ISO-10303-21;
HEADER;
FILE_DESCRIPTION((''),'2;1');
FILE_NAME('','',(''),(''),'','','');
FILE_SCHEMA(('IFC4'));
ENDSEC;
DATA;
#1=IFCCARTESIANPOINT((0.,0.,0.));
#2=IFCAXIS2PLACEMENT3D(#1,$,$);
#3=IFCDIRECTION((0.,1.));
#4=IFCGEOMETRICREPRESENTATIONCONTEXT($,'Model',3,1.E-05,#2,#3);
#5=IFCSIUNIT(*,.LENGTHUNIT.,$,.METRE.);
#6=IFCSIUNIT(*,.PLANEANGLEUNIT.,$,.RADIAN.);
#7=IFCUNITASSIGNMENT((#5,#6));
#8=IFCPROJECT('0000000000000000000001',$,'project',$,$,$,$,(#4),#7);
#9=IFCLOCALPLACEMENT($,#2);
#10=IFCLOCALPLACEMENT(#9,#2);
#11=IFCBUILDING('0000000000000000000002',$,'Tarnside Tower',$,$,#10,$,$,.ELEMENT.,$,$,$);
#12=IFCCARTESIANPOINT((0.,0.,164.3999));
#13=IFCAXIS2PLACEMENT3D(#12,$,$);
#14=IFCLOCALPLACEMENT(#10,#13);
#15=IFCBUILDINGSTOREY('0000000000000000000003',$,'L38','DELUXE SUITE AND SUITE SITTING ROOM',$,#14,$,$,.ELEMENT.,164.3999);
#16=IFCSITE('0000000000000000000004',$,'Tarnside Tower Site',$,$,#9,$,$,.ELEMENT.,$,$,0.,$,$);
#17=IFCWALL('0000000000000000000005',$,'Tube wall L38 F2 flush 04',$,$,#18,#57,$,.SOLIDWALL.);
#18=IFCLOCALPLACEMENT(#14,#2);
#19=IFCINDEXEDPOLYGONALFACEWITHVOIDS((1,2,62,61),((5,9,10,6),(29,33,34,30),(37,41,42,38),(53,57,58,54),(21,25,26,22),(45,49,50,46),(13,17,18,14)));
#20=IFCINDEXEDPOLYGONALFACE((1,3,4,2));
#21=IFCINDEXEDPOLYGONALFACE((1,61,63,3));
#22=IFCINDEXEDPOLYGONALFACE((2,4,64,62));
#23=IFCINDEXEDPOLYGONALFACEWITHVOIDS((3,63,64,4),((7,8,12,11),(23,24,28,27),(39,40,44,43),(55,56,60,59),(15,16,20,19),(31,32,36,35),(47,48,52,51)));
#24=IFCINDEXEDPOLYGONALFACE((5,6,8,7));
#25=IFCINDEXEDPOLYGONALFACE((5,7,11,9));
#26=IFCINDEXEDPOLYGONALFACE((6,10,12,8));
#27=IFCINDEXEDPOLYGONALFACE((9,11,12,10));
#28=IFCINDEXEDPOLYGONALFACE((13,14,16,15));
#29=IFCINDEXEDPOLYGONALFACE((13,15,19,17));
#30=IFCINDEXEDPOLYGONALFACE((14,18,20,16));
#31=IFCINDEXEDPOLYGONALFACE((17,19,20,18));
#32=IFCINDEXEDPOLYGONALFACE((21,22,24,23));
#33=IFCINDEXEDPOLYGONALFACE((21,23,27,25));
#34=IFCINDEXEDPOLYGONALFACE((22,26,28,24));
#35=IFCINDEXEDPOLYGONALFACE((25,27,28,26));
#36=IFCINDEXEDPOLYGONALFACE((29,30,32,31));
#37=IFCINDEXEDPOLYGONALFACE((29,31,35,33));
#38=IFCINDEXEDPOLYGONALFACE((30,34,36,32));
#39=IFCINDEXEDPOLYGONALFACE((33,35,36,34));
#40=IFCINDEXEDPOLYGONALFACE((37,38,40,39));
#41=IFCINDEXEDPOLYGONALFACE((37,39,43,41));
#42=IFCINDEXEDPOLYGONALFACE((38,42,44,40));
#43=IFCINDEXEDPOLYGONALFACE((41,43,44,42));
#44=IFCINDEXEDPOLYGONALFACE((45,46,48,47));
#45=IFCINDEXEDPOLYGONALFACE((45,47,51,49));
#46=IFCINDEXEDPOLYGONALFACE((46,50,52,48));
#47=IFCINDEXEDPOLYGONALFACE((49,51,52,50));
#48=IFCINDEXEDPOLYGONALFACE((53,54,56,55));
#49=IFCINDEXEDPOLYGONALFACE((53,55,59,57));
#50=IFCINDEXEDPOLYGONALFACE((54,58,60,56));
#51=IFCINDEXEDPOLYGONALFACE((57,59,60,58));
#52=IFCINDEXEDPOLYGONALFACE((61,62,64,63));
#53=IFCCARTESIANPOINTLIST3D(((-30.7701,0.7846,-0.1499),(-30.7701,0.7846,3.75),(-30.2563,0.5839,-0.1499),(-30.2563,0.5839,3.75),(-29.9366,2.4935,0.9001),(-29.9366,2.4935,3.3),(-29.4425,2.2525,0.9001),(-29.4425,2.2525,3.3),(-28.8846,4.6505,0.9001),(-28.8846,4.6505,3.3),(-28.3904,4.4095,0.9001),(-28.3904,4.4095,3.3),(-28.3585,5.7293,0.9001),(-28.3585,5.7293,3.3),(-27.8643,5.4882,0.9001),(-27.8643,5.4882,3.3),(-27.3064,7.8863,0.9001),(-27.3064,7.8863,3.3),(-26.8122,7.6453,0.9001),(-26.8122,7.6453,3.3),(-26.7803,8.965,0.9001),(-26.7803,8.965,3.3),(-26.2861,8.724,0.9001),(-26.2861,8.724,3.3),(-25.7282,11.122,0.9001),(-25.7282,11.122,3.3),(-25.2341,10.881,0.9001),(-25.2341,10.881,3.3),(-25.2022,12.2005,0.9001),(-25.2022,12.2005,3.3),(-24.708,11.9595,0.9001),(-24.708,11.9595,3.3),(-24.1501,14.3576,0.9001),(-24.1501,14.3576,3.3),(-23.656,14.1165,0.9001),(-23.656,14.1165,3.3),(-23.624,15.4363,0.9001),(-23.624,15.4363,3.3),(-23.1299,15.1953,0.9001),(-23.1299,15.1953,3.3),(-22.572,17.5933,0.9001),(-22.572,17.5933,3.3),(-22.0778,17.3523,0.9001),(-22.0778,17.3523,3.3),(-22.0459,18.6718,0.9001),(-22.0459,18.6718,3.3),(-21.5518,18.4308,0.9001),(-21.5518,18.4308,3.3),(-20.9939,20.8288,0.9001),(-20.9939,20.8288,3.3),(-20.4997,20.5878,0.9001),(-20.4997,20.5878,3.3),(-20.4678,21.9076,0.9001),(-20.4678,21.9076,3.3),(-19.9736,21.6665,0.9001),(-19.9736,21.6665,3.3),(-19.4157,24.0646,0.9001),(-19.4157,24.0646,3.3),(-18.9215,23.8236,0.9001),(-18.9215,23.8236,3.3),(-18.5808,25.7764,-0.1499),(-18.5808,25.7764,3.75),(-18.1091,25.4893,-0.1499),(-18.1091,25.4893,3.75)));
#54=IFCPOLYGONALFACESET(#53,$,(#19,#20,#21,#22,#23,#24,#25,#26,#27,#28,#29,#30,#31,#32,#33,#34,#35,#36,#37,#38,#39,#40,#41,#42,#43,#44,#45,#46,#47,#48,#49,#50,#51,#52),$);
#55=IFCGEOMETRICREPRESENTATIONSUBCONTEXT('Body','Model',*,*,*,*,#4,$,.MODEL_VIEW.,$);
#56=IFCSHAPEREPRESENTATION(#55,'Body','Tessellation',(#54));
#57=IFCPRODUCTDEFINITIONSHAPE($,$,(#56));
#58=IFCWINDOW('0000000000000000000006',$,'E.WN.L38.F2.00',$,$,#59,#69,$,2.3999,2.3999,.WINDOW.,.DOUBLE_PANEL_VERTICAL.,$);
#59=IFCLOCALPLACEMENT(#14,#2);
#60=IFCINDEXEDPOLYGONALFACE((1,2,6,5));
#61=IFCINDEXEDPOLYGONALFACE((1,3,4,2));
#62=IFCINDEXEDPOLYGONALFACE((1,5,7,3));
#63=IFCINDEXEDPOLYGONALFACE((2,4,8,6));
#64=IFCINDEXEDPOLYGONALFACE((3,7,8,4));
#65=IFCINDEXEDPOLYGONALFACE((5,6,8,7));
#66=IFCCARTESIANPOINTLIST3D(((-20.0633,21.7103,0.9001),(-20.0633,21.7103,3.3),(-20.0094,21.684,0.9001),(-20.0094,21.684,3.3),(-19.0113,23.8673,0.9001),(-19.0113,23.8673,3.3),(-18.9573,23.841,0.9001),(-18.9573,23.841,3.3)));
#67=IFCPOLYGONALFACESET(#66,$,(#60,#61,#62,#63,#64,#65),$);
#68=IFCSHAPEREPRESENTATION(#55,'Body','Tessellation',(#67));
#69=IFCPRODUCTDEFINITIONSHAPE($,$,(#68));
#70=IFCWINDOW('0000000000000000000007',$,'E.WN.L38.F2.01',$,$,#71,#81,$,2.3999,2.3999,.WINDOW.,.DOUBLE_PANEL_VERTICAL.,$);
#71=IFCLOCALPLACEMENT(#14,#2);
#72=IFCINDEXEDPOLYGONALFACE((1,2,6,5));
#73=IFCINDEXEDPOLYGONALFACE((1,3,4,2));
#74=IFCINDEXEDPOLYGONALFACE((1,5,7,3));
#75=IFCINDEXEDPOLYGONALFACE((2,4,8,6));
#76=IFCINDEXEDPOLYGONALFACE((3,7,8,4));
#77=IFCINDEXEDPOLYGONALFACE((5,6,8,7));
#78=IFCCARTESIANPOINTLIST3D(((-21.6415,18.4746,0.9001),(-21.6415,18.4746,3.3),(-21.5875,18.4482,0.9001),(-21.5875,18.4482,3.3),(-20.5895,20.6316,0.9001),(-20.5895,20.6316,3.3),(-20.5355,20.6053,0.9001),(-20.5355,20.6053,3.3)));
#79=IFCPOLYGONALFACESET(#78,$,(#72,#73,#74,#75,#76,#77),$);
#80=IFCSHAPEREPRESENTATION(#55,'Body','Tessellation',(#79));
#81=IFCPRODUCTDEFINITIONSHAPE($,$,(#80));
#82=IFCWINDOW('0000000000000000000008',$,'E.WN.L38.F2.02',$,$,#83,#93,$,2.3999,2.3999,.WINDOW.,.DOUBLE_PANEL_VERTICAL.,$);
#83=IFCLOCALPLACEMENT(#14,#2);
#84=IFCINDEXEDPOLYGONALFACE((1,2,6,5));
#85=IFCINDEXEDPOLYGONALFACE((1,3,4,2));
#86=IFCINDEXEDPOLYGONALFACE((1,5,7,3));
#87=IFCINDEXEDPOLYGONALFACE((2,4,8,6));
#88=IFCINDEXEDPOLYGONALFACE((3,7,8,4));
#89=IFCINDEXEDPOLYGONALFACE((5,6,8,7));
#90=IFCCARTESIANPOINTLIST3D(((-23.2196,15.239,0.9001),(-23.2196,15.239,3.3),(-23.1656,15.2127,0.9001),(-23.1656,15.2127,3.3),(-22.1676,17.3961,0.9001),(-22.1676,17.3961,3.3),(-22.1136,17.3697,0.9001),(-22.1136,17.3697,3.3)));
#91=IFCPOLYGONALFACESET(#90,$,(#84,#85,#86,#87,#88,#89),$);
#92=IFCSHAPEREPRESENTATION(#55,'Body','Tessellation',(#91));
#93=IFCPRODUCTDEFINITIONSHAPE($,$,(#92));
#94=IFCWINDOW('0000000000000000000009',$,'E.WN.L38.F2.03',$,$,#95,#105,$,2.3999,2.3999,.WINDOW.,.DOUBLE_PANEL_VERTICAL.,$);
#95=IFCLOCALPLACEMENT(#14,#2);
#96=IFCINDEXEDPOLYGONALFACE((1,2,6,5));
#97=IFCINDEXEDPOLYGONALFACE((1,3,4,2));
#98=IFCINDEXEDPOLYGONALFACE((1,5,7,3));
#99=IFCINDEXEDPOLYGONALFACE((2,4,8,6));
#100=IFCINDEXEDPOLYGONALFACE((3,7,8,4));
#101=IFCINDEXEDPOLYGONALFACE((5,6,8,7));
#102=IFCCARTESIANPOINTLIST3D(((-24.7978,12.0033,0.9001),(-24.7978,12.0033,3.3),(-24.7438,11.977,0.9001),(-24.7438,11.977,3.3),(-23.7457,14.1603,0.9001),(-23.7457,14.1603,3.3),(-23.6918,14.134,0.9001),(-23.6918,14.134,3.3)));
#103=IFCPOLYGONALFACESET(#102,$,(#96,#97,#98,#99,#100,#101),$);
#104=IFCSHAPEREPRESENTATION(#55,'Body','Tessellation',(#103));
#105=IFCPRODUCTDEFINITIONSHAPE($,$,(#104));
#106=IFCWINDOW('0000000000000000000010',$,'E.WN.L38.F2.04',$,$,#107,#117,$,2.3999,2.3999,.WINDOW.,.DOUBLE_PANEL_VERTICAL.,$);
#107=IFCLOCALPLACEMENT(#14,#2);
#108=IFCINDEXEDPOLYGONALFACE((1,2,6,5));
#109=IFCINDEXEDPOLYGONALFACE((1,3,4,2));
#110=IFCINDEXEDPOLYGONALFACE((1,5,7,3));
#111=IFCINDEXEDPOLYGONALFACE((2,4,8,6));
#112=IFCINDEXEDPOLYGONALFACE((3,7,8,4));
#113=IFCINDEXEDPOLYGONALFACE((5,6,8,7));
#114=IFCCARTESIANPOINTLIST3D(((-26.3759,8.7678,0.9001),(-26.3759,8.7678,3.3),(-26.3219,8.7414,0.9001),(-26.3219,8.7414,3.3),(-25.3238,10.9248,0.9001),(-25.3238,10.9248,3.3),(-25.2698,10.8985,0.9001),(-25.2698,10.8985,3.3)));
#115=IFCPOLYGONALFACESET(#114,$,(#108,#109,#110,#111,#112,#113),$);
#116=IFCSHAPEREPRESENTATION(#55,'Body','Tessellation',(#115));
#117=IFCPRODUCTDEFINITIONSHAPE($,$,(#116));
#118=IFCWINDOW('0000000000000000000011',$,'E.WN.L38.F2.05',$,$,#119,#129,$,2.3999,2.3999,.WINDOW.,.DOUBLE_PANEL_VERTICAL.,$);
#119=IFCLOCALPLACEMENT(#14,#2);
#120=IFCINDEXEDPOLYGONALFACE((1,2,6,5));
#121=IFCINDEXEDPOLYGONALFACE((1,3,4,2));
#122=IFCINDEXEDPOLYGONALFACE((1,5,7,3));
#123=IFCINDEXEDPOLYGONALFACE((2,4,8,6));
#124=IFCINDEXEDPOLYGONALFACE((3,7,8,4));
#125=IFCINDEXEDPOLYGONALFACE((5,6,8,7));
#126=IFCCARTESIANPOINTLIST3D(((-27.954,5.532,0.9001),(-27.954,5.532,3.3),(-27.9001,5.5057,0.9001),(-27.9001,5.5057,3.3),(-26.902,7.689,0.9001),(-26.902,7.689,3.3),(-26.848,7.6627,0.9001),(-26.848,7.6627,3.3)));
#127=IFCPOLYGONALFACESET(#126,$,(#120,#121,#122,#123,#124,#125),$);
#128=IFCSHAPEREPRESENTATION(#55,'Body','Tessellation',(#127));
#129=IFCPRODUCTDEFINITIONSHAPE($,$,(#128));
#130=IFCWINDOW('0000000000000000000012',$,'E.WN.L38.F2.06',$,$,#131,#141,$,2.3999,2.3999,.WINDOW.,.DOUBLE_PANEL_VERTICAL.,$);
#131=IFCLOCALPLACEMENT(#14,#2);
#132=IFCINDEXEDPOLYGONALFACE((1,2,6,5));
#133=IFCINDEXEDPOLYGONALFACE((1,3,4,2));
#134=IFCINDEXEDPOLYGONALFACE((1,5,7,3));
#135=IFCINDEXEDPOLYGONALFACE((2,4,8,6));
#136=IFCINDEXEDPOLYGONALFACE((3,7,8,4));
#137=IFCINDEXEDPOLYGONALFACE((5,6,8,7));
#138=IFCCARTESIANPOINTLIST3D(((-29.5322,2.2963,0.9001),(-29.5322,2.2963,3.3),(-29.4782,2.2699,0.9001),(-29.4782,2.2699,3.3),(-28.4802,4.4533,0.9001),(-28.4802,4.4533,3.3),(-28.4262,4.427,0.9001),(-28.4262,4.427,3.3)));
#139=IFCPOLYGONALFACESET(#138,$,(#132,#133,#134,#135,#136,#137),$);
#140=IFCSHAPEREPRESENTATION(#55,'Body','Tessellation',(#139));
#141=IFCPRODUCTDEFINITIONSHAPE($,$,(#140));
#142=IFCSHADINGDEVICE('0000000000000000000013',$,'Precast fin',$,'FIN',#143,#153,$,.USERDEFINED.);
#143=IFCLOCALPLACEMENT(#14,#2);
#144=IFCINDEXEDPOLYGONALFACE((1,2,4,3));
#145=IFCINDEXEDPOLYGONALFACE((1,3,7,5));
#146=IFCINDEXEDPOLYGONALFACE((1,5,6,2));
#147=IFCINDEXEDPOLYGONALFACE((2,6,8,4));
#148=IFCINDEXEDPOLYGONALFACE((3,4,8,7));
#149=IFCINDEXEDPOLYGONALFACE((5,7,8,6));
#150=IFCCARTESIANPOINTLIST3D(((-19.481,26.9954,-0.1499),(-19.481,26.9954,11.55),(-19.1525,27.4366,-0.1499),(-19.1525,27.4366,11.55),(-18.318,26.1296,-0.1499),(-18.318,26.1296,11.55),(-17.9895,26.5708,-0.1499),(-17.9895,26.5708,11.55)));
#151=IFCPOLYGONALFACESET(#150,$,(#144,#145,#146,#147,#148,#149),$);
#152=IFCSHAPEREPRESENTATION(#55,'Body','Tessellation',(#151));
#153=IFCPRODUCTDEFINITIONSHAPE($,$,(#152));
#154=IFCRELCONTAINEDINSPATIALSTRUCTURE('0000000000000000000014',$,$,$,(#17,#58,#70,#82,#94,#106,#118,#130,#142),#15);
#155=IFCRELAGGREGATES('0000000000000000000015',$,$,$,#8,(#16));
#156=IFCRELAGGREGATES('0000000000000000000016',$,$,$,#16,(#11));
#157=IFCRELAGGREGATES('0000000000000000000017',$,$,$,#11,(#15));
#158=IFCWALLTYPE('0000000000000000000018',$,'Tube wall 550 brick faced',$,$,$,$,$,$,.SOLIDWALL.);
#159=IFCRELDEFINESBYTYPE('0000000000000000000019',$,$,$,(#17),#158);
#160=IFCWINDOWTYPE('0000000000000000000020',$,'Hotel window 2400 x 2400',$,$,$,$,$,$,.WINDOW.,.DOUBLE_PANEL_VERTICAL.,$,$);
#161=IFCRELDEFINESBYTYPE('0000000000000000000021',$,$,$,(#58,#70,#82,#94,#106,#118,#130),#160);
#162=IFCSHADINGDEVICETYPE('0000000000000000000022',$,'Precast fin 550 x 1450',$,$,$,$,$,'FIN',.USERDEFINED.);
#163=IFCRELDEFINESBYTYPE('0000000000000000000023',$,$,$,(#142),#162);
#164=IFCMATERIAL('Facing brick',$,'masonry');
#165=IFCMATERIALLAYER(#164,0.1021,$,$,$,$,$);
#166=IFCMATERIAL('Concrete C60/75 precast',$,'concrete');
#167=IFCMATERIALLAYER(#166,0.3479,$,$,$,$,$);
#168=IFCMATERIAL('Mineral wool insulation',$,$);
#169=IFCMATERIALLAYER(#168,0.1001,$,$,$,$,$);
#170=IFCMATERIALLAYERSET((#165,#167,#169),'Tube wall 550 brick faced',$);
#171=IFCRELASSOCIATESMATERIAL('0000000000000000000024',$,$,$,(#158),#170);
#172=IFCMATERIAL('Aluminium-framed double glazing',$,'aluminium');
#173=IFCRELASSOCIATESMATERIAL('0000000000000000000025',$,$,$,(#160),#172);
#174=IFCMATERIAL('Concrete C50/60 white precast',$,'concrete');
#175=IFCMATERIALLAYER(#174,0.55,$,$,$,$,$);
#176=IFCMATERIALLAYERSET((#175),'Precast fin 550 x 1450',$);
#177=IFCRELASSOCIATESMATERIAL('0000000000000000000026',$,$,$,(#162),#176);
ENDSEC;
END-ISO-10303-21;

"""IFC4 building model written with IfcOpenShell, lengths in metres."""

from ifc_helpers import new_model, si_unit, direction, frame, frame_2d, origin, place, context, subcontext, project, spatial, polyline, rectangle, outline, extrude, material, layer, layer_set, type_object, element, fill, save


model = new_model("IFC4")

# Units and contexts
model_context = context("Model", 3, precision=1e-05, world=origin(), true_north=direction((0.0, 1.0)))
body_context = subcontext(model_context, "Body", "Model", "MODEL_VIEW")
ifc_project = project(units=[si_unit("LENGTHUNIT", "METRE"), si_unit("PLANEANGLEUNIT", "RADIAN")], contexts=[model_context])

# Site, building, storey
site_placement = place(None, origin())
site = spatial("IfcSite", under=ifc_project, at=site_placement, Name="Tarnside Tower Site", CompositionType="ELEMENT", RefElevation=0.0)
building_placement = place(site_placement, origin())
building = spatial("IfcBuilding", under=site, at=building_placement, Name="Tarnside Tower", CompositionType="ELEMENT")
storey_placement = place(building_placement, frame((0.0, 0.0, 164.3999)))
storey = spatial("IfcBuildingStorey", under=building, at=storey_placement, Name="L38", Description="DELUXE SUITE AND SUITE SITTING ROOM", CompositionType="ELEMENT", Elevation=164.3999)

# Shared definitions
ifc_material_1 = material(Name="Facing brick", Category="masonry")
ifc_layer_1 = layer(ifc_material_1, 0.1021)
ifc_material_2 = material(Name="Concrete C60/75 precast", Category="concrete")
ifc_layer_2 = layer(ifc_material_2, 0.3479)
ifc_material_3 = material(Name="Mineral wool insulation")
ifc_layer_3 = layer(ifc_material_3, 0.1001)
ifc_layer_set_1 = layer_set([ifc_layer_1, ifc_layer_2, ifc_layer_3], Name="Tube wall 550 brick faced")
wall_type_1 = type_object("IfcWallType", Name="Tube wall 550 brick faced", PredefinedType="SOLIDWALL", material=ifc_layer_set_1)

# Wall, openings, windows
wall_1_placement = place(storey_placement, frame((-18.345, 25.6328, -0.1499), z_axis=(0.0, 0.0, 1.0), x_axis=(-0.438372, -0.898794, 0.0)))
wall_1 = element("IfcWall", 1, at=wall_1_placement, inside=storey, type_object=wall_type_1, Name="Tube wall L38 F2 flush 04", PredefinedType="SOLIDWALL", context=body_context, shape_type="SweptSolid", body=[
    extrude(outline(polyline([(-0.0256, -0.2749), (27.7803, -0.2749), (27.7354, 0.2749), (0.0256, 0.2749), (-0.0256, -0.2749)])), origin(), (0.0, 0.0, 1.0), 3.8999),
])
opening_1_placement = place(wall_1_placement, frame((1.8789, 0.0, 1.05)))
opening_1 = element("IfcOpeningElement", 2, at=opening_1_placement, cuts=wall_1, PredefinedType="OPENING", context=body_context, shape_type="SweptSolid", body=[
    extrude(rectangle(XDim=2.3999, YDim=2.3999, at=frame_2d((1.2, 1.2))), frame((0.0, 0.2852, 0.0), z_axis=(0.0, -1.0, 0.0), x_axis=(1.0, 0.0, 0.0)), (0.0, 0.0, 1.0), 0.5701),
])
opening_2_placement = place(wall_1_placement, frame((5.479, 0.0, 1.05)))
opening_2 = element("IfcOpeningElement", 3, at=opening_2_placement, cuts=wall_1, PredefinedType="OPENING", context=body_context, shape_type="SweptSolid", body=[
    extrude(rectangle(XDim=2.3999, YDim=2.3999, at=frame_2d((1.2, 1.2))), frame((0.0, 0.2852, 0.0), z_axis=(0.0, -1.0, 0.0), x_axis=(1.0, 0.0, 0.0)), (0.0, 0.0, 1.0), 0.5701),
])
opening_3_placement = place(wall_1_placement, frame((9.0789, 0.0, 1.05)))
opening_3 = element("IfcOpeningElement", 4, at=opening_3_placement, cuts=wall_1, PredefinedType="OPENING", context=body_context, shape_type="SweptSolid", body=[
    extrude(rectangle(XDim=2.3999, YDim=2.3999, at=frame_2d((1.2, 1.2))), frame((0.0, 0.2852, 0.0), z_axis=(0.0, -1.0, 0.0), x_axis=(1.0, 0.0, 0.0)), (0.0, 0.0, 1.0), 0.5701),
])
opening_4_placement = place(wall_1_placement, frame((12.679, 0.0, 1.05)))
opening_4 = element("IfcOpeningElement", 5, at=opening_4_placement, cuts=wall_1, PredefinedType="OPENING", context=body_context, shape_type="SweptSolid", body=[
    extrude(rectangle(XDim=2.3999, YDim=2.3999, at=frame_2d((1.2, 1.2))), frame((0.0, 0.2852, 0.0), z_axis=(0.0, -1.0, 0.0), x_axis=(1.0, 0.0, 0.0)), (0.0, 0.0, 1.0), 0.5701),
])
opening_5_placement = place(wall_1_placement, frame((16.2788, 0.0, 1.05)))
opening_5 = element("IfcOpeningElement", 6, at=opening_5_placement, cuts=wall_1, PredefinedType="OPENING", context=body_context, shape_type="SweptSolid", body=[
    extrude(rectangle(XDim=2.3999, YDim=2.3999, at=frame_2d((1.2, 1.2))), frame((0.0, 0.2852, 0.0), z_axis=(0.0, -1.0, 0.0), x_axis=(1.0, 0.0, 0.0)), (0.0, 0.0, 1.0), 0.5701),
])
opening_6_placement = place(wall_1_placement, frame((19.8789, 0.0, 1.05)))
opening_6 = element("IfcOpeningElement", 7, at=opening_6_placement, cuts=wall_1, PredefinedType="OPENING", context=body_context, shape_type="SweptSolid", body=[
    extrude(rectangle(XDim=2.3999, YDim=2.3999, at=frame_2d((1.2, 1.2))), frame((0.0, 0.2852, 0.0), z_axis=(0.0, -1.0, 0.0), x_axis=(1.0, 0.0, 0.0)), (0.0, 0.0, 1.0), 0.5701),
])
opening_7_placement = place(wall_1_placement, frame((23.479, 0.0, 1.05)))
opening_7 = element("IfcOpeningElement", 8, at=opening_7_placement, cuts=wall_1, PredefinedType="OPENING", context=body_context, shape_type="SweptSolid", body=[
    extrude(rectangle(XDim=2.3999, YDim=2.3999, at=frame_2d((1.2, 1.2))), frame((0.0, 0.2852, 0.0), z_axis=(0.0, -1.0, 0.0), x_axis=(1.0, 0.0, 0.0)), (0.0, 0.0, 1.0), 0.5701),
])
ifc_material_4 = material(Name="Aluminium-framed double glazing", Category="aluminium")
window_type = type_object("IfcWindowType", Name="Hotel window 2400 x 2400", PartitioningType="DOUBLE_PANEL_VERTICAL", PredefinedType="WINDOW", material=ifc_material_4)
window_1_placement = place(opening_1_placement, frame((0.0, 0.2051, 0.0)))
window_1 = element("IfcWindow", 9, at=window_1_placement, inside=storey, type_object=window_type, Name="E.WN.L38.F2.00", OverallHeight=2.3999, OverallWidth=2.3999, PartitioningType="DOUBLE_PANEL_VERTICAL", PredefinedType="WINDOW", context=body_context, shape_type="SweptSolid", body=[
    extrude(rectangle(XDim=2.3999, YDim=2.3999, at=frame_2d((1.2, 1.2))), frame((0.0, 0.03, 0.0), z_axis=(0.0, -1.0, 0.0), x_axis=(1.0, 0.0, 0.0)), (0.0, 0.0, 1.0), 0.0601),
])
fill(opening_1, window_1)
window_2_placement = place(opening_2_placement, frame((0.0, 0.2051, 0.0)))
window_2 = element("IfcWindow", 10, at=window_2_placement, inside=storey, type_object=window_type, Name="E.WN.L38.F2.01", OverallHeight=2.3999, OverallWidth=2.3999, PartitioningType="DOUBLE_PANEL_VERTICAL", PredefinedType="WINDOW", context=body_context, shape_type="SweptSolid", body=[
    extrude(rectangle(XDim=2.3999, YDim=2.3999, at=frame_2d((1.2, 1.2))), frame((0.0, 0.03, 0.0), z_axis=(0.0, -1.0, 0.0), x_axis=(1.0, 0.0, 0.0)), (0.0, 0.0, 1.0), 0.0601),
])
fill(opening_2, window_2)
window_3_placement = place(opening_3_placement, frame((0.0, 0.2051, 0.0)))
window_3 = element("IfcWindow", 11, at=window_3_placement, inside=storey, type_object=window_type, Name="E.WN.L38.F2.02", OverallHeight=2.3999, OverallWidth=2.3999, PartitioningType="DOUBLE_PANEL_VERTICAL", PredefinedType="WINDOW", context=body_context, shape_type="SweptSolid", body=[
    extrude(rectangle(XDim=2.3999, YDim=2.3999, at=frame_2d((1.2, 1.2))), frame((0.0, 0.03, 0.0), z_axis=(0.0, -1.0, 0.0), x_axis=(1.0, 0.0, 0.0)), (0.0, 0.0, 1.0), 0.0601),
])
fill(opening_3, window_3)
window_4_placement = place(opening_4_placement, frame((0.0, 0.2051, 0.0)))
window_4 = element("IfcWindow", 12, at=window_4_placement, inside=storey, type_object=window_type, Name="E.WN.L38.F2.03", OverallHeight=2.3999, OverallWidth=2.3999, PartitioningType="DOUBLE_PANEL_VERTICAL", PredefinedType="WINDOW", context=body_context, shape_type="SweptSolid", body=[
    extrude(rectangle(XDim=2.3999, YDim=2.3999, at=frame_2d((1.2, 1.2))), frame((0.0, 0.03, 0.0), z_axis=(0.0, -1.0, 0.0), x_axis=(1.0, 0.0, 0.0)), (0.0, 0.0, 1.0), 0.0601),
])
fill(opening_4, window_4)
window_5_placement = place(opening_5_placement, frame((0.0, 0.2051, 0.0)))
window_5 = element("IfcWindow", 13, at=window_5_placement, inside=storey, type_object=window_type, Name="E.WN.L38.F2.04", OverallHeight=2.3999, OverallWidth=2.3999, PartitioningType="DOUBLE_PANEL_VERTICAL", PredefinedType="WINDOW", context=body_context, shape_type="SweptSolid", body=[
    extrude(rectangle(XDim=2.3999, YDim=2.3999, at=frame_2d((1.2, 1.2))), frame((0.0, 0.03, 0.0), z_axis=(0.0, -1.0, 0.0), x_axis=(1.0, 0.0, 0.0)), (0.0, 0.0, 1.0), 0.0601),
])
fill(opening_5, window_5)
window_6_placement = place(opening_6_placement, frame((0.0, 0.2051, 0.0)))
window_6 = element("IfcWindow", 14, at=window_6_placement, inside=storey, type_object=window_type, Name="E.WN.L38.F2.05", OverallHeight=2.3999, OverallWidth=2.3999, PartitioningType="DOUBLE_PANEL_VERTICAL", PredefinedType="WINDOW", context=body_context, shape_type="SweptSolid", body=[
    extrude(rectangle(XDim=2.3999, YDim=2.3999, at=frame_2d((1.2, 1.2))), frame((0.0, 0.03, 0.0), z_axis=(0.0, -1.0, 0.0), x_axis=(1.0, 0.0, 0.0)), (0.0, 0.0, 1.0), 0.0601),
])
fill(opening_6, window_6)
window_7_placement = place(opening_7_placement, frame((0.0, 0.2051, 0.0)))
window_7 = element("IfcWindow", 15, at=window_7_placement, inside=storey, type_object=window_type, Name="E.WN.L38.F2.06", OverallHeight=2.3999, OverallWidth=2.3999, PartitioningType="DOUBLE_PANEL_VERTICAL", PredefinedType="WINDOW", context=body_context, shape_type="SweptSolid", body=[
    extrude(rectangle(XDim=2.3999, YDim=2.3999, at=frame_2d((1.2, 1.2))), frame((0.0, 0.03, 0.0), z_axis=(0.0, -1.0, 0.0), x_axis=(1.0, 0.0, 0.0)), (0.0, 0.0, 1.0), 0.0601),
])
fill(opening_7, window_7)

# Shading device
ifc_material_5 = material(Name="Concrete C50/60 white precast", Category="concrete")
ifc_layer_4 = layer(ifc_material_5, 0.55)
ifc_layer_set_2 = layer_set([ifc_layer_4], Name="Precast fin 550 x 1450")
shading_device_type_1 = type_object("IfcShadingDeviceType", Name="Precast fin 550 x 1450", ElementType="FIN", PredefinedType="USERDEFINED", material=ifc_layer_set_2)
shading_device_placement = place(storey_placement, frame((-18.1538, 26.3501, -0.1499), z_axis=(0.597159, 0.802123, 0.0), x_axis=(-0.802123, 0.597159, 0.0)))
element("IfcShadingDevice", 16, at=shading_device_placement, inside=storey, type_object=shading_device_type_1, Name="Precast fin", ObjectType="FIN", PredefinedType="USERDEFINED", context=body_context, shape_type="SweptSolid", body=[
    extrude(outline(polyline([(0.0, 0.0), (1.45, 0.0), (1.45, 11.7), (0.0, 11.7), (0.0, 0.0)])), frame((0.0, 0.0, -0.2749)), (0.0, 0.0, 1.0), 0.55),
])

save(model, "model.ifc")
